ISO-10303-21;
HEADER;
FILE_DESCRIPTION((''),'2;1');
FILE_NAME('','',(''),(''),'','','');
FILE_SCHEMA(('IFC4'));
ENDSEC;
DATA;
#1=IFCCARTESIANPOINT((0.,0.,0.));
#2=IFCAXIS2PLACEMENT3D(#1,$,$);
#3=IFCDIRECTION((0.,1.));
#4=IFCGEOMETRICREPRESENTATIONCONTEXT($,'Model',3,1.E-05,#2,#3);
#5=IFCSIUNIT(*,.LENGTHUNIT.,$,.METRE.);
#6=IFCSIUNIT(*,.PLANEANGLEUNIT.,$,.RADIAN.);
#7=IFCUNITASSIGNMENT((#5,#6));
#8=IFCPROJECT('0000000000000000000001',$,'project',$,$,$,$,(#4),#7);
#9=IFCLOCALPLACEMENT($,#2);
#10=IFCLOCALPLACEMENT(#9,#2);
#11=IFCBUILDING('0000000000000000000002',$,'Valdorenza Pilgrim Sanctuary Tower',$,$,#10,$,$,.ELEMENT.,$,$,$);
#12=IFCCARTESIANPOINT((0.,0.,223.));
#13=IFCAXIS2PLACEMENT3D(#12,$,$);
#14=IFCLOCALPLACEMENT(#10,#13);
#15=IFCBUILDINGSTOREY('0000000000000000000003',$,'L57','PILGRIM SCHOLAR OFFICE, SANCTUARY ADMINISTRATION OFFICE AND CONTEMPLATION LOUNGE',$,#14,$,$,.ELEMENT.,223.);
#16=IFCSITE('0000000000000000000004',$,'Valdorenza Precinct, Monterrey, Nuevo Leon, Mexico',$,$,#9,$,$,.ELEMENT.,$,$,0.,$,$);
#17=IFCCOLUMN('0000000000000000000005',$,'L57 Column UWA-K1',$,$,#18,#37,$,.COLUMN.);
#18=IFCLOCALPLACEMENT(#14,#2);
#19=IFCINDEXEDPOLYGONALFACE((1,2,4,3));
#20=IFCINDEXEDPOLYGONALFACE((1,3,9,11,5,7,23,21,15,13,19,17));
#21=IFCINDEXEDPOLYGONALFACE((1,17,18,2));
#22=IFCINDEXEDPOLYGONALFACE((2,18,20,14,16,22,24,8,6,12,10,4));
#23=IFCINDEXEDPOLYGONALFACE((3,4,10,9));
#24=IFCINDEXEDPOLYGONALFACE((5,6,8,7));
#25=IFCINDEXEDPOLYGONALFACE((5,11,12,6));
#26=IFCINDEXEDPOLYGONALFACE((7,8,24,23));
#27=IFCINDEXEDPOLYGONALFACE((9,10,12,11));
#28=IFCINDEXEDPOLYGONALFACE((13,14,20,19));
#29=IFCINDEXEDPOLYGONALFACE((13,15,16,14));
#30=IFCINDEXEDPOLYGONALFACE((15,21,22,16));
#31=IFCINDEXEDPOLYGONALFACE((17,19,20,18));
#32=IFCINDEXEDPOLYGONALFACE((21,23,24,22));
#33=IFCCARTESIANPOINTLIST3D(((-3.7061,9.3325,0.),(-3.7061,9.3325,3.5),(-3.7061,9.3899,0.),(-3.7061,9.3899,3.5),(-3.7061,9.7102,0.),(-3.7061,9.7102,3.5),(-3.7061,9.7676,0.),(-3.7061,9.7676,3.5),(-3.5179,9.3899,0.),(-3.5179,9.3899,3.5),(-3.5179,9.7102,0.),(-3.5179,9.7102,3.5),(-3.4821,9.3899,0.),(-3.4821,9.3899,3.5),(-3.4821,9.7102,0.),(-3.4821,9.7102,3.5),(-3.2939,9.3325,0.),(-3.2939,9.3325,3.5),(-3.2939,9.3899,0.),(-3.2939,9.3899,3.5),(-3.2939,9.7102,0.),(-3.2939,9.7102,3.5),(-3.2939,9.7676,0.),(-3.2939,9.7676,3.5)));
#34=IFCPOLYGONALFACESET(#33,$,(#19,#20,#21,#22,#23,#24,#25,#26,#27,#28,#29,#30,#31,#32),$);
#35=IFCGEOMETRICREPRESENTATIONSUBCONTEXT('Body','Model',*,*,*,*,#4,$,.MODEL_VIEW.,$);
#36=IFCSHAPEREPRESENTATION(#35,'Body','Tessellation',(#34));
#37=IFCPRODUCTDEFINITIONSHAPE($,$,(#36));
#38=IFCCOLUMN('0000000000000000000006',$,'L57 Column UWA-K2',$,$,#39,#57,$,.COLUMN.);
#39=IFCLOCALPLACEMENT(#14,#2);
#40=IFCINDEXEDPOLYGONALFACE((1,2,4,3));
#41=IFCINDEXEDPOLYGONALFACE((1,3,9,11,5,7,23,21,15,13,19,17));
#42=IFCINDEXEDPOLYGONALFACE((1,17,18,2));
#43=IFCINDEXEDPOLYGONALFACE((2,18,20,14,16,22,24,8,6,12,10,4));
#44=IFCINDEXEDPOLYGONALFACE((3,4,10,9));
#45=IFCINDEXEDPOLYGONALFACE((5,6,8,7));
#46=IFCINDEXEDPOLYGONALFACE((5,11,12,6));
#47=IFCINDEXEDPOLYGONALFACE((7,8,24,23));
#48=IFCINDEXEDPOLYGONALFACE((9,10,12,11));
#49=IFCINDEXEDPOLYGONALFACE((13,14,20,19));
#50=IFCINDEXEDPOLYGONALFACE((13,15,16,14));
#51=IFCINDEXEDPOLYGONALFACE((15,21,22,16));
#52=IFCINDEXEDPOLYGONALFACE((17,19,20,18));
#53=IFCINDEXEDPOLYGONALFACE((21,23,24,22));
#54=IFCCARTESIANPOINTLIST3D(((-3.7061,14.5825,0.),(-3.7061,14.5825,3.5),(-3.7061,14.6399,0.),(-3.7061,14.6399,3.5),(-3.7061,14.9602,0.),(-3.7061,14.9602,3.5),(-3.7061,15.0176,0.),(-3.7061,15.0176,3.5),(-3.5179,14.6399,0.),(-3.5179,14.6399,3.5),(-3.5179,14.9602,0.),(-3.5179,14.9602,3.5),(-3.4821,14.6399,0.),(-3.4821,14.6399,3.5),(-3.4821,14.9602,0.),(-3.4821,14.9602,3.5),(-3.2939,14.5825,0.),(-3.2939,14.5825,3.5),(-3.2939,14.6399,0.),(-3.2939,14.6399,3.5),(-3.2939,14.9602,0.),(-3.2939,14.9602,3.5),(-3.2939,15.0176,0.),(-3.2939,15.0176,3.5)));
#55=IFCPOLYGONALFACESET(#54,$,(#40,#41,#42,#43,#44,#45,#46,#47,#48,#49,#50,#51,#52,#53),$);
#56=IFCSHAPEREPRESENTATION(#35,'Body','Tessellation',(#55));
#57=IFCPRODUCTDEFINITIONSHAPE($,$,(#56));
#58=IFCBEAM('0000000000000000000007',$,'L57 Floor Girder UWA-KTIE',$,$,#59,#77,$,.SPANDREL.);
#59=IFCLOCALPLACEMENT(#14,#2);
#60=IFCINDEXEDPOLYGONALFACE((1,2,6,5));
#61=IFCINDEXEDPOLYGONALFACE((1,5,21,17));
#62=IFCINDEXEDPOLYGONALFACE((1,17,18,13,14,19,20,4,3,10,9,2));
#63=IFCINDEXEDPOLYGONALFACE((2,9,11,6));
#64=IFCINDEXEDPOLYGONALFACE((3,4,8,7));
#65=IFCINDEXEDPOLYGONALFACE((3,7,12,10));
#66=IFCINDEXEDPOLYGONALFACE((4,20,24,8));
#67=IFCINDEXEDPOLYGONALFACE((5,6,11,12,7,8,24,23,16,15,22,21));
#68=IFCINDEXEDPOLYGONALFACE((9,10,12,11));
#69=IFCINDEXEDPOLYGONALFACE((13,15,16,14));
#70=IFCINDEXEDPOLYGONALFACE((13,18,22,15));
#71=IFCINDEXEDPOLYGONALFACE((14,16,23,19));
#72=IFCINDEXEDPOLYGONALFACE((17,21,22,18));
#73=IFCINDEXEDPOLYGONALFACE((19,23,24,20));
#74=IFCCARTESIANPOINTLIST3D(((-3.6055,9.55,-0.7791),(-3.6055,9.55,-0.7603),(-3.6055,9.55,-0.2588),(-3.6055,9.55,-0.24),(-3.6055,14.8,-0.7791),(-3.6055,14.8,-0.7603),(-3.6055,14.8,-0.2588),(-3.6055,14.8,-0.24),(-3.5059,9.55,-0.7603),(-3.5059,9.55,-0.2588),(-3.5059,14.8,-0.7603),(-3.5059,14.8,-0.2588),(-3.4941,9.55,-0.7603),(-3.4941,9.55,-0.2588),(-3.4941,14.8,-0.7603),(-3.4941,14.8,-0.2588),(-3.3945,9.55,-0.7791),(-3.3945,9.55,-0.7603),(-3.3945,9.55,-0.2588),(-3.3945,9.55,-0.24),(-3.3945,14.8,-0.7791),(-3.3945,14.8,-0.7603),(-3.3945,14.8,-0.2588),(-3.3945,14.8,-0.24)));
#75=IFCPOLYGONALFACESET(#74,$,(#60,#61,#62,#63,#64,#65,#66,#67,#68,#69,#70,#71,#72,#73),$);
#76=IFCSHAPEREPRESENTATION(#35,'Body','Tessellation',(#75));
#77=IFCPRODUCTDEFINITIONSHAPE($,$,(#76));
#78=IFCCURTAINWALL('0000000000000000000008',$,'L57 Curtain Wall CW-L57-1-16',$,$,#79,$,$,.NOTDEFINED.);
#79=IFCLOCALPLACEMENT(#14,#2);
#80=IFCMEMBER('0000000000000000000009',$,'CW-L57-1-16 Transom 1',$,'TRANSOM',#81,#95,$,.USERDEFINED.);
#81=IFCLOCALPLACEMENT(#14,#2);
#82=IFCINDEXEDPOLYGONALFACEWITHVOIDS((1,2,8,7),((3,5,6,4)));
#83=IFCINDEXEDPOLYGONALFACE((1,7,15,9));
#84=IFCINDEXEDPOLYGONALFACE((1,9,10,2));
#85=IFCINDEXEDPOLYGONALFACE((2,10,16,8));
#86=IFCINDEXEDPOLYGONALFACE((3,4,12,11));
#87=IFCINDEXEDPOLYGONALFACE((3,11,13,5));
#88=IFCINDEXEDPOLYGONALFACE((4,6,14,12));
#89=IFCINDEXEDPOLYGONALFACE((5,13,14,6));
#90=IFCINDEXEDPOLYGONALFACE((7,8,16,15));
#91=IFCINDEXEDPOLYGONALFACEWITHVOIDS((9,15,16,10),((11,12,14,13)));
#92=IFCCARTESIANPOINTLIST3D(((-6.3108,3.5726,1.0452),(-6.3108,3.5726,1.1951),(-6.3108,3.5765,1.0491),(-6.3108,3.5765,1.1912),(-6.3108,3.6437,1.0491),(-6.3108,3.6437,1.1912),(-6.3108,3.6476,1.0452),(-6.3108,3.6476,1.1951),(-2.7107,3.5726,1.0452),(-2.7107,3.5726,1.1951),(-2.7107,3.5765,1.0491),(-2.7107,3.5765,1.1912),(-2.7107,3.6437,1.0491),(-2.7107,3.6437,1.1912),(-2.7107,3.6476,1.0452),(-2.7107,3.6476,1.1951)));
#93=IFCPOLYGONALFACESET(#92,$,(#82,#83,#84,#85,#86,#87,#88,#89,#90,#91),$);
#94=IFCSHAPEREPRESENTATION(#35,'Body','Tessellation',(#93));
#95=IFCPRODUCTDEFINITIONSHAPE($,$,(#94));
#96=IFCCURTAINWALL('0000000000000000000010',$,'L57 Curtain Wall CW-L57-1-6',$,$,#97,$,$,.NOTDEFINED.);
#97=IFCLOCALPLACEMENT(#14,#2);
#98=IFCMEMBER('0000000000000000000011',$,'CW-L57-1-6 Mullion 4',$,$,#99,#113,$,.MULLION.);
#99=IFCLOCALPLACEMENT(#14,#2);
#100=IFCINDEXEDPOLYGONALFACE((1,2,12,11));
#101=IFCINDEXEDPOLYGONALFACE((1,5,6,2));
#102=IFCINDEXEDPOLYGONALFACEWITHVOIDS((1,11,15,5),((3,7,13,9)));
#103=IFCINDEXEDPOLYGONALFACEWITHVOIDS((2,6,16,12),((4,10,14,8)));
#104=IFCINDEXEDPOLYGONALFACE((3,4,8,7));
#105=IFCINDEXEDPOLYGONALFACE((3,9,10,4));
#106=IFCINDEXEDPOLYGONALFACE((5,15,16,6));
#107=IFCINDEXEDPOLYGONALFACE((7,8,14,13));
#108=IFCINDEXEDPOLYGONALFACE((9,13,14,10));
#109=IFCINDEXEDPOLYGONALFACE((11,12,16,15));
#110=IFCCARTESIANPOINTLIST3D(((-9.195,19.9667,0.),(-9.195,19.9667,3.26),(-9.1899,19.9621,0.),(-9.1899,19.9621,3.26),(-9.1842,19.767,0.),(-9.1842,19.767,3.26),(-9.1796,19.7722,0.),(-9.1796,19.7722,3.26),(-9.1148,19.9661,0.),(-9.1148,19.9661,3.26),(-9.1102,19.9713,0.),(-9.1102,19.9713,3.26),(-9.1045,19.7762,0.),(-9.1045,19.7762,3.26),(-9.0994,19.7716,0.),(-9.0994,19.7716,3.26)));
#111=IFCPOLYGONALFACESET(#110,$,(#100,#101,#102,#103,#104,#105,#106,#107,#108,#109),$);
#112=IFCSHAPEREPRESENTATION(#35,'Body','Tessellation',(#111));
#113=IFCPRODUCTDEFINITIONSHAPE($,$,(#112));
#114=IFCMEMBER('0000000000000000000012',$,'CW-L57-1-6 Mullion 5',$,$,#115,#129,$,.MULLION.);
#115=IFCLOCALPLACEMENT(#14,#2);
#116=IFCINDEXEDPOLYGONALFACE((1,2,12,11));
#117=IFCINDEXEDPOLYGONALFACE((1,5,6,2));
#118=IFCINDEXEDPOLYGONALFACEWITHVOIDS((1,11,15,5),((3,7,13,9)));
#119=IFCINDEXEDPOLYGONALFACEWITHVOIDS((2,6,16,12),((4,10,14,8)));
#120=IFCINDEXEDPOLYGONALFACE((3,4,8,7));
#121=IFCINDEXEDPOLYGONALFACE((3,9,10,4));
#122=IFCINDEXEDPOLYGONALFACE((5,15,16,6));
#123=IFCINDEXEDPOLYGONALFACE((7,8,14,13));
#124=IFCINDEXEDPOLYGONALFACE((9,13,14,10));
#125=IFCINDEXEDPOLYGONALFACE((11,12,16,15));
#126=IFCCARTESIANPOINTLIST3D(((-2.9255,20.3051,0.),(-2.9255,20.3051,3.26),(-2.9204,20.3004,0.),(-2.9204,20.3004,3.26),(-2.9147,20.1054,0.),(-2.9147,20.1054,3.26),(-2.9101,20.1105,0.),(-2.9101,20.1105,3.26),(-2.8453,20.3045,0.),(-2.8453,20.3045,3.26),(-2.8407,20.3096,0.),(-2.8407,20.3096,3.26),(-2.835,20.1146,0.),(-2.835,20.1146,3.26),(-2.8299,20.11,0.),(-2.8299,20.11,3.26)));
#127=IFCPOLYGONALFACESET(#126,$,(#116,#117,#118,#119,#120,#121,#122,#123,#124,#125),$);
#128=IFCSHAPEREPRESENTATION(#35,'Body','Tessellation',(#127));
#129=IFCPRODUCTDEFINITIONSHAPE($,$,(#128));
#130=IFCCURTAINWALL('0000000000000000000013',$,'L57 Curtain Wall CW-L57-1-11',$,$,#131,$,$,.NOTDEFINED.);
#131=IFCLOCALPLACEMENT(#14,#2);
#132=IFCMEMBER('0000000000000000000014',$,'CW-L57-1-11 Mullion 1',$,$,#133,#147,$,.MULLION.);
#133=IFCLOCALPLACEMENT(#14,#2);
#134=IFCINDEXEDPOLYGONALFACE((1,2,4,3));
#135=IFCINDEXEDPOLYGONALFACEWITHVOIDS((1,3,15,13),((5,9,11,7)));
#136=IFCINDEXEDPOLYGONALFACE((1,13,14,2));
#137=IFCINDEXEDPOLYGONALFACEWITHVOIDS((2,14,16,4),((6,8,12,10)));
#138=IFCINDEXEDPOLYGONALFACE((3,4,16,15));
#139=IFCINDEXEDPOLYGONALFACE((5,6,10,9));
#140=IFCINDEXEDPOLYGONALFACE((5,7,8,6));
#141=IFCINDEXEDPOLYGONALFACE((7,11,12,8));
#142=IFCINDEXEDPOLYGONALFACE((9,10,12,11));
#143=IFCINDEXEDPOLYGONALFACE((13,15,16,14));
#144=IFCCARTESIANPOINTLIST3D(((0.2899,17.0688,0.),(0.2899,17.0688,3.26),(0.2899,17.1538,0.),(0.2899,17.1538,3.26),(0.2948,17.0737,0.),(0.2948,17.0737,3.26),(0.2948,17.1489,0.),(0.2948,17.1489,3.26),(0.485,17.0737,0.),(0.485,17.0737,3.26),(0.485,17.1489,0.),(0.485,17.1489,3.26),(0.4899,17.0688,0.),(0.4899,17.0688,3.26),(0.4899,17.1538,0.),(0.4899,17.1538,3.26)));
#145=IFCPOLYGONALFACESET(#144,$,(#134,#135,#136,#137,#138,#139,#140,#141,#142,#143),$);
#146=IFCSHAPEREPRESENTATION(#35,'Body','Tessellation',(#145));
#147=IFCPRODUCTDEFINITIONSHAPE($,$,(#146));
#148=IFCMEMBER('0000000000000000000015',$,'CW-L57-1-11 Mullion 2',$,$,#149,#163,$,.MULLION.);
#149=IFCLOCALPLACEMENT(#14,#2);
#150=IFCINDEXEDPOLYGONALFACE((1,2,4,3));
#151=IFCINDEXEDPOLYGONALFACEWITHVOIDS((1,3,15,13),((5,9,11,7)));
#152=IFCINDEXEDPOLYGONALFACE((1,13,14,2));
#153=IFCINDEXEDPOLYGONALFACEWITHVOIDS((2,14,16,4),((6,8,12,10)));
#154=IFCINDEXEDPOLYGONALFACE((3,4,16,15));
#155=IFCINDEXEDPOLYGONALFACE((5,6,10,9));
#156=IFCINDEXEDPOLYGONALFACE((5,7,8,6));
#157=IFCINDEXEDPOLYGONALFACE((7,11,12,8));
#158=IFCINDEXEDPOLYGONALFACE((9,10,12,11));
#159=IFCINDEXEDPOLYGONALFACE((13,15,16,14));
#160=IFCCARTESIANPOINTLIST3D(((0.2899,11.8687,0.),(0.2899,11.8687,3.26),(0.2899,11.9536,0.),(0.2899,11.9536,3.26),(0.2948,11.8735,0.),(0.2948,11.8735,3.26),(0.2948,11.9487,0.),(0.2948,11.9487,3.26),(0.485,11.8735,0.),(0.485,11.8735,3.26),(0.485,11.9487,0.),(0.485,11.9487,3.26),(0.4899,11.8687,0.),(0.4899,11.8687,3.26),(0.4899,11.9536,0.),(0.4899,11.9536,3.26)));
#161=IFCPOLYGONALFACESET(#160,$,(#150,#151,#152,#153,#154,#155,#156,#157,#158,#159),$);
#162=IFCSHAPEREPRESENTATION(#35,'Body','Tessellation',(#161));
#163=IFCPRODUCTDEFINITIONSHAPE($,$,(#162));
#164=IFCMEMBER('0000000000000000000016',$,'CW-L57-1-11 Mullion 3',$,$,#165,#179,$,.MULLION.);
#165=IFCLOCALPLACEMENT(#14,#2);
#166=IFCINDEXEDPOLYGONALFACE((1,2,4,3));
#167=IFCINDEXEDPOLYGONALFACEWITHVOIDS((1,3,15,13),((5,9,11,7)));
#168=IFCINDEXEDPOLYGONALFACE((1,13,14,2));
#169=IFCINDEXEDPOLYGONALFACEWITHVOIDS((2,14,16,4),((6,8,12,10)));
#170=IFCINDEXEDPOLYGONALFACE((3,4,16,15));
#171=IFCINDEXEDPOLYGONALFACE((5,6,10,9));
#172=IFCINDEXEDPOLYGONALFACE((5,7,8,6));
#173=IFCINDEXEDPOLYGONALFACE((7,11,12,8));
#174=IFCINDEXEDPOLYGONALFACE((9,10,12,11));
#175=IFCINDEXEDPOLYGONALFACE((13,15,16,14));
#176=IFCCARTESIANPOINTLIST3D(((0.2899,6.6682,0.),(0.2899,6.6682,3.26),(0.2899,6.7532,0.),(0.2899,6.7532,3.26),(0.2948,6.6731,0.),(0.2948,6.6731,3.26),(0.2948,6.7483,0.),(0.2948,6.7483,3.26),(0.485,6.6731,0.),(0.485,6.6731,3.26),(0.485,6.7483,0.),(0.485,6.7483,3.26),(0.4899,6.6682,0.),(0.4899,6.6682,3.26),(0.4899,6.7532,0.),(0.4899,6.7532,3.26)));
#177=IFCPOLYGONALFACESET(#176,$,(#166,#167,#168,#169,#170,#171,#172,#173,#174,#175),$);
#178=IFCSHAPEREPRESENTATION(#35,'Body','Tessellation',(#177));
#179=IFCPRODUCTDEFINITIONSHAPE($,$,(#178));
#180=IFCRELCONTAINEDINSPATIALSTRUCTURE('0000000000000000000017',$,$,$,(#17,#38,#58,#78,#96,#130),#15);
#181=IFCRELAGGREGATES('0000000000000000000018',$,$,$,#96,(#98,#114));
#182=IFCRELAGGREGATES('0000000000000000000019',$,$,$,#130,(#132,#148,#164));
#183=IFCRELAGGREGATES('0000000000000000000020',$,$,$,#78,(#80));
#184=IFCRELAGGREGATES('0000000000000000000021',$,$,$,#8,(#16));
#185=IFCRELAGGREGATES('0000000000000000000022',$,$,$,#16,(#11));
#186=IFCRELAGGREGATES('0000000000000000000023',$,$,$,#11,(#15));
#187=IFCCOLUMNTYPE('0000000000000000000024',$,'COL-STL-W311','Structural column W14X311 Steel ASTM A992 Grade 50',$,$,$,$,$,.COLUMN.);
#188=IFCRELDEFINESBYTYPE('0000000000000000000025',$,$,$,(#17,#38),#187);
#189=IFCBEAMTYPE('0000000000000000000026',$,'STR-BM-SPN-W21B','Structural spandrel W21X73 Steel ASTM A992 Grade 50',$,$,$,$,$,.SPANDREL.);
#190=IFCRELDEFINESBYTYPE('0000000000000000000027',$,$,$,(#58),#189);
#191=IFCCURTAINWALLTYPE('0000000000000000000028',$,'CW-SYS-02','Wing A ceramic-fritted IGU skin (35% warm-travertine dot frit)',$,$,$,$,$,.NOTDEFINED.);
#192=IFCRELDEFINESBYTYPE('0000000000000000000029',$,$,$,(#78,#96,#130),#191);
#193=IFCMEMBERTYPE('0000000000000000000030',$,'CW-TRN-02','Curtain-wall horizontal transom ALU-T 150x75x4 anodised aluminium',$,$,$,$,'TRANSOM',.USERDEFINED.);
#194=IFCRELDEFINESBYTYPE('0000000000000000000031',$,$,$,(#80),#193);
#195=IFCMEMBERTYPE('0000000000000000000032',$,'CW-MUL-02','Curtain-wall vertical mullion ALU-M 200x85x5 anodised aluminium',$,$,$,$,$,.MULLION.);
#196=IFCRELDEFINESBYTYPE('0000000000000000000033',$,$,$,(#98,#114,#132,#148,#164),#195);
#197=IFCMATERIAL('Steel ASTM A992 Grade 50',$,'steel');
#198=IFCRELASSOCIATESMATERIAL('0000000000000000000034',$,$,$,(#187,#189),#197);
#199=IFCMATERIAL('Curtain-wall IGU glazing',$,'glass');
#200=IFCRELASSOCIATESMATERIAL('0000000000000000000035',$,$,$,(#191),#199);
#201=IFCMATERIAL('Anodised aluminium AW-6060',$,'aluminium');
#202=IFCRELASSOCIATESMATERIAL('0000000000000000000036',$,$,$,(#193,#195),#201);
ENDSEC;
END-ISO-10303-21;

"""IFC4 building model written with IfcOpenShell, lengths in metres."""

from ifc_helpers import new_model, si_unit, direction, frame, origin, origin_2d, place, context, subcontext, project, spatial, hollow_rectangle, i_section, extrude, source, transform, mapped, material, material_profile, profile_set, type_object, element, aggregate, save


model = new_model("IFC4")

# Units and contexts
model_context = context("Model", 3, precision=1e-05, world=origin(), true_north=direction((0.0, 1.0)))
body_context = subcontext(model_context, "Body", "Model", "MODEL_VIEW")
ifc_project = project(units=[si_unit("LENGTHUNIT", "METRE"), si_unit("PLANEANGLEUNIT", "RADIAN")], contexts=[model_context])

# Site, building, storey
site_placement = place(None, origin())
site = spatial("IfcSite", under=ifc_project, at=site_placement, Name="Valdorenza Precinct, Monterrey, Nuevo Leon, Mexico", CompositionType="ELEMENT", RefElevation=0.0)
building_placement = place(site_placement, origin())
building = spatial("IfcBuilding", under=site, at=building_placement, Name="Valdorenza Pilgrim Sanctuary Tower", CompositionType="ELEMENT")
storey_placement = place(building_placement, frame((0.0, 0.0, 223.0)))
storey = spatial("IfcBuildingStorey", under=building, at=storey_placement, Name="L57", Description="PILGRIM SCHOLAR OFFICE, SANCTUARY ADMINISTRATION OFFICE AND CONTEMPLATION LOUNGE", CompositionType="ELEMENT", Elevation=223.0)

# Columns
ifc_material_1 = material(Name="Steel ASTM A992 Grade 50", Category="steel")
ifc_material_profile_1 = material_profile(ifc_material_1, i_section(OverallWidth=0.4121, OverallDepth=0.4351, WebThickness=0.0359, FlangeThickness=0.0574, at=origin_2d()), Name="W14X311")
ifc_profile_set_1 = profile_set([ifc_material_profile_1], Name="Steel ASTM A992 Grade 50")
column_type = type_object("IfcColumnType", Name="COL-STL-W311", Description="Structural column W14X311 Steel ASTM A992 Grade 50", PredefinedType="COLUMN", material=ifc_profile_set_1)
shared_shape_1 = source(origin(), body_context, "Body", "SweptSolid", [
    extrude(i_section(OverallWidth=0.4121, OverallDepth=0.4351, WebThickness=0.0359, FlangeThickness=0.0574, at=origin_2d()), origin(), (0.0, 0.0, 1.0), 3.5),
])
for number, where, z_axis, x_axis, name in (
    (1, (-3.5, 9.55, 0.0), (0.0, 0.0, 1.0), (1.0, 0.0, 0.0), "L57 Column UWA-K1"),
    (2, (-3.5, 14.8, 0.0), (0.0, 0.0, 1.0), (1.0, 0.0, 0.0), "L57 Column UWA-K2"),
):
    element("IfcColumn", number, at=place(storey_placement, frame(where, z_axis=z_axis, x_axis=x_axis)), inside=storey, type_object=column_type, Name=name, PredefinedType="COLUMN", context=body_context, shape_type="MappedRepresentation", body=[
        mapped(shared_shape_1, transform((0.0, 0.0, 0.0), x_axis=(1.0, 0.0, 0.0), y_axis=(0.0, 1.0, 0.0), z_axis=(0.0, 0.0, 1.0), scale=1.0)),
    ])

# Beam
ifc_material_profile_2 = material_profile(ifc_material_1, i_section(OverallWidth=0.2109, OverallDepth=0.5391, WebThickness=0.0117, FlangeThickness=0.0188, at=origin_2d()), Name="W21X73")
ifc_profile_set_2 = profile_set([ifc_material_profile_2], Name="Steel ASTM A992 Grade 50")
beam_type = type_object("IfcBeamType", Name="STR-BM-SPN-W21B", Description="Structural spandrel W21X73 Steel ASTM A992 Grade 50", PredefinedType="SPANDREL", material=ifc_profile_set_2)
shared_shape_2 = source(origin(), body_context, "Body", "SweptSolid", [
    extrude(i_section(OverallWidth=0.2109, OverallDepth=0.5391, WebThickness=0.0117, FlangeThickness=0.0188, at=origin_2d()), origin(), (0.0, 0.0, 1.0), 5.25),
])
beam_placement = place(storey_placement, frame((-3.5, 9.55, -0.5095), z_axis=(0.0, 1.0, 0.0), x_axis=(-1.0, 0.0, 0.0)))
element("IfcBeam", 3, at=beam_placement, inside=storey, type_object=beam_type, Name="L57 Floor Girder UWA-KTIE", PredefinedType="SPANDREL", context=body_context, shape_type="MappedRepresentation", body=[
    mapped(shared_shape_2, transform((0.0, 0.0, 0.0), x_axis=(1.0, 0.0, 0.0), y_axis=(0.0, 1.0, 0.0), z_axis=(0.0, 0.0, 1.0), scale=1.0)),
])

# Curtain wall, member
ifc_material_2 = material(Name="Curtain-wall IGU glazing", Category="glass")
curtain_wall_type = type_object("IfcCurtainWallType", Name="CW-SYS-02", Description="Wing A ceramic-fritted IGU skin (35% warm-travertine dot frit)", PredefinedType="NOTDEFINED", material=ifc_material_2)
curtain_wall_1_placement = place(storey_placement, origin())
curtain_wall_1 = element("IfcCurtainWall", 4, at=curtain_wall_1_placement, inside=storey, type_object=curtain_wall_type, Name="L57 Curtain Wall CW-L57-1-16", PredefinedType="NOTDEFINED")
ifc_material_3 = material(Name="Anodised aluminium AW-6060", Category="aluminium")
ifc_material_profile_3 = material_profile(ifc_material_3, hollow_rectangle(XDim=0.075, YDim=0.1499, WallThickness=0.0039, at=origin_2d()), Name="ALU-T 150x75x4")
ifc_profile_set_3 = profile_set([ifc_material_profile_3], Name="Anodised aluminium AW-6060")
member_type_1 = type_object("IfcMemberType", Name="CW-TRN-02", Description="Curtain-wall horizontal transom ALU-T 150x75x4 anodised aluminium", ElementType="TRANSOM", PredefinedType="USERDEFINED", material=ifc_profile_set_3)
shared_shape_3 = source(origin(), body_context, "Body", "SweptSolid", [
    extrude(hollow_rectangle(XDim=0.075, YDim=0.1499, WallThickness=0.0039, at=origin_2d()), origin(), (0.0, 0.0, 1.0), 3.6001),
])
member_1_placement = place(storey_placement, frame((-2.7107, 3.6101, 1.1201), z_axis=(-1.0, 0.0, 0.0), x_axis=(0.0, -1.0, 0.0)))
member_1 = element("IfcMember", 5, at=member_1_placement, type_object=member_type_1, Name="CW-L57-1-16 Transom 1", ObjectType="TRANSOM", PredefinedType="USERDEFINED", context=body_context, shape_type="MappedRepresentation", body=[
    mapped(shared_shape_3, transform((0.0, 0.0, 0.0), x_axis=(1.0, 0.0, 0.0), y_axis=(0.0, 1.0, 0.0), z_axis=(0.0, 0.0, 1.0), scale=1.0)),
])

# Curtain walls, members
curtain_wall_2_placement = place(storey_placement, origin())
curtain_wall_2 = element("IfcCurtainWall", 6, at=curtain_wall_2_placement, inside=storey, type_object=curtain_wall_type, Name="L57 Curtain Wall CW-L57-1-6", PredefinedType="NOTDEFINED")
ifc_material_profile_4 = material_profile(ifc_material_3, hollow_rectangle(XDim=0.085, YDim=0.2, WallThickness=0.0049, at=origin_2d()), Name="ALU-M 200x85x5")
ifc_profile_set_4 = profile_set([ifc_material_profile_4], Name="Anodised aluminium AW-6060")
member_type_2 = type_object("IfcMemberType", Name="CW-MUL-02", Description="Curtain-wall vertical mullion ALU-M 200x85x5 anodised aluminium", PredefinedType="MULLION", material=ifc_profile_set_4)
shared_shape_4 = source(origin(), body_context, "Body", "SweptSolid", [
    extrude(hollow_rectangle(XDim=0.085, YDim=0.2, WallThickness=0.0049, at=origin_2d()), origin(), (0.0, 0.0, 1.0), 3.26),
])
member_2_placement = place(storey_placement, frame((-9.1472, 19.8691, 0.0), z_axis=(0.0, 0.0, 1.0), x_axis=(0.998547, 0.053887, 0.0)))
member_2 = element("IfcMember", 7, at=member_2_placement, type_object=member_type_2, Name="CW-L57-1-6 Mullion 4", PredefinedType="MULLION", context=body_context, shape_type="MappedRepresentation", body=[
    mapped(shared_shape_4, transform((0.0, 0.0, 0.0), x_axis=(1.0, 0.0, 0.0), y_axis=(0.0, 1.0, 0.0), z_axis=(0.0, 0.0, 1.0), scale=1.0)),
])
member_3_placement = place(storey_placement, frame((-2.8777, 20.2075, 0.0), z_axis=(0.0, 0.0, 1.0), x_axis=(0.998547, 0.053887, 0.0)))
member_3 = element("IfcMember", 8, at=member_3_placement, type_object=member_type_2, Name="CW-L57-1-6 Mullion 5", PredefinedType="MULLION", context=body_context, shape_type="MappedRepresentation", body=[
    mapped(shared_shape_4, transform((0.0, 0.0, 0.0), x_axis=(1.0, 0.0, 0.0), y_axis=(0.0, 1.0, 0.0), z_axis=(0.0, 0.0, 1.0), scale=1.0)),
])
curtain_wall_3_placement = place(storey_placement, origin())
curtain_wall_3 = element("IfcCurtainWall", 9, at=curtain_wall_3_placement, inside=storey, type_object=curtain_wall_type, Name="L57 Curtain Wall CW-L57-1-11", PredefinedType="NOTDEFINED")
member_4_placement = place(storey_placement, frame((0.3899, 17.1113, 0.0), z_axis=(0.0, 0.0, 1.0), x_axis=(0.0, -1.0, 0.0)))
member_4 = element("IfcMember", 10, at=member_4_placement, type_object=member_type_2, Name="CW-L57-1-11 Mullion 1", PredefinedType="MULLION", context=body_context, shape_type="MappedRepresentation", body=[
    mapped(shared_shape_4, transform((0.0, 0.0, 0.0), x_axis=(1.0, 0.0, 0.0), y_axis=(0.0, 1.0, 0.0), z_axis=(0.0, 0.0, 1.0), scale=1.0)),
])
member_5_placement = place(storey_placement, frame((0.3899, 11.9111, 0.0), z_axis=(0.0, 0.0, 1.0), x_axis=(0.0, -1.0, 0.0)))
member_5 = element("IfcMember", 11, at=member_5_placement, type_object=member_type_2, Name="CW-L57-1-11 Mullion 2", PredefinedType="MULLION", context=body_context, shape_type="MappedRepresentation", body=[
    mapped(shared_shape_4, transform((0.0, 0.0, 0.0), x_axis=(1.0, 0.0, 0.0), y_axis=(0.0, 1.0, 0.0), z_axis=(0.0, 0.0, 1.0), scale=1.0)),
])
member_6_placement = place(storey_placement, frame((0.3899, 6.7107, 0.0), z_axis=(0.0, 0.0, 1.0), x_axis=(0.0, -1.0, 0.0)))
member_6 = element("IfcMember", 12, at=member_6_placement, type_object=member_type_2, Name="CW-L57-1-11 Mullion 3", PredefinedType="MULLION", context=body_context, shape_type="MappedRepresentation", body=[
    mapped(shared_shape_4, transform((0.0, 0.0, 0.0), x_axis=(1.0, 0.0, 0.0), y_axis=(0.0, 1.0, 0.0), z_axis=(0.0, 0.0, 1.0), scale=1.0)),
])

aggregate(curtain_wall_2, [member_2, member_3])
aggregate(curtain_wall_3, [member_4, member_5, member_6])
aggregate(curtain_wall_1, [member_1])

save(model, "model.ifc")
